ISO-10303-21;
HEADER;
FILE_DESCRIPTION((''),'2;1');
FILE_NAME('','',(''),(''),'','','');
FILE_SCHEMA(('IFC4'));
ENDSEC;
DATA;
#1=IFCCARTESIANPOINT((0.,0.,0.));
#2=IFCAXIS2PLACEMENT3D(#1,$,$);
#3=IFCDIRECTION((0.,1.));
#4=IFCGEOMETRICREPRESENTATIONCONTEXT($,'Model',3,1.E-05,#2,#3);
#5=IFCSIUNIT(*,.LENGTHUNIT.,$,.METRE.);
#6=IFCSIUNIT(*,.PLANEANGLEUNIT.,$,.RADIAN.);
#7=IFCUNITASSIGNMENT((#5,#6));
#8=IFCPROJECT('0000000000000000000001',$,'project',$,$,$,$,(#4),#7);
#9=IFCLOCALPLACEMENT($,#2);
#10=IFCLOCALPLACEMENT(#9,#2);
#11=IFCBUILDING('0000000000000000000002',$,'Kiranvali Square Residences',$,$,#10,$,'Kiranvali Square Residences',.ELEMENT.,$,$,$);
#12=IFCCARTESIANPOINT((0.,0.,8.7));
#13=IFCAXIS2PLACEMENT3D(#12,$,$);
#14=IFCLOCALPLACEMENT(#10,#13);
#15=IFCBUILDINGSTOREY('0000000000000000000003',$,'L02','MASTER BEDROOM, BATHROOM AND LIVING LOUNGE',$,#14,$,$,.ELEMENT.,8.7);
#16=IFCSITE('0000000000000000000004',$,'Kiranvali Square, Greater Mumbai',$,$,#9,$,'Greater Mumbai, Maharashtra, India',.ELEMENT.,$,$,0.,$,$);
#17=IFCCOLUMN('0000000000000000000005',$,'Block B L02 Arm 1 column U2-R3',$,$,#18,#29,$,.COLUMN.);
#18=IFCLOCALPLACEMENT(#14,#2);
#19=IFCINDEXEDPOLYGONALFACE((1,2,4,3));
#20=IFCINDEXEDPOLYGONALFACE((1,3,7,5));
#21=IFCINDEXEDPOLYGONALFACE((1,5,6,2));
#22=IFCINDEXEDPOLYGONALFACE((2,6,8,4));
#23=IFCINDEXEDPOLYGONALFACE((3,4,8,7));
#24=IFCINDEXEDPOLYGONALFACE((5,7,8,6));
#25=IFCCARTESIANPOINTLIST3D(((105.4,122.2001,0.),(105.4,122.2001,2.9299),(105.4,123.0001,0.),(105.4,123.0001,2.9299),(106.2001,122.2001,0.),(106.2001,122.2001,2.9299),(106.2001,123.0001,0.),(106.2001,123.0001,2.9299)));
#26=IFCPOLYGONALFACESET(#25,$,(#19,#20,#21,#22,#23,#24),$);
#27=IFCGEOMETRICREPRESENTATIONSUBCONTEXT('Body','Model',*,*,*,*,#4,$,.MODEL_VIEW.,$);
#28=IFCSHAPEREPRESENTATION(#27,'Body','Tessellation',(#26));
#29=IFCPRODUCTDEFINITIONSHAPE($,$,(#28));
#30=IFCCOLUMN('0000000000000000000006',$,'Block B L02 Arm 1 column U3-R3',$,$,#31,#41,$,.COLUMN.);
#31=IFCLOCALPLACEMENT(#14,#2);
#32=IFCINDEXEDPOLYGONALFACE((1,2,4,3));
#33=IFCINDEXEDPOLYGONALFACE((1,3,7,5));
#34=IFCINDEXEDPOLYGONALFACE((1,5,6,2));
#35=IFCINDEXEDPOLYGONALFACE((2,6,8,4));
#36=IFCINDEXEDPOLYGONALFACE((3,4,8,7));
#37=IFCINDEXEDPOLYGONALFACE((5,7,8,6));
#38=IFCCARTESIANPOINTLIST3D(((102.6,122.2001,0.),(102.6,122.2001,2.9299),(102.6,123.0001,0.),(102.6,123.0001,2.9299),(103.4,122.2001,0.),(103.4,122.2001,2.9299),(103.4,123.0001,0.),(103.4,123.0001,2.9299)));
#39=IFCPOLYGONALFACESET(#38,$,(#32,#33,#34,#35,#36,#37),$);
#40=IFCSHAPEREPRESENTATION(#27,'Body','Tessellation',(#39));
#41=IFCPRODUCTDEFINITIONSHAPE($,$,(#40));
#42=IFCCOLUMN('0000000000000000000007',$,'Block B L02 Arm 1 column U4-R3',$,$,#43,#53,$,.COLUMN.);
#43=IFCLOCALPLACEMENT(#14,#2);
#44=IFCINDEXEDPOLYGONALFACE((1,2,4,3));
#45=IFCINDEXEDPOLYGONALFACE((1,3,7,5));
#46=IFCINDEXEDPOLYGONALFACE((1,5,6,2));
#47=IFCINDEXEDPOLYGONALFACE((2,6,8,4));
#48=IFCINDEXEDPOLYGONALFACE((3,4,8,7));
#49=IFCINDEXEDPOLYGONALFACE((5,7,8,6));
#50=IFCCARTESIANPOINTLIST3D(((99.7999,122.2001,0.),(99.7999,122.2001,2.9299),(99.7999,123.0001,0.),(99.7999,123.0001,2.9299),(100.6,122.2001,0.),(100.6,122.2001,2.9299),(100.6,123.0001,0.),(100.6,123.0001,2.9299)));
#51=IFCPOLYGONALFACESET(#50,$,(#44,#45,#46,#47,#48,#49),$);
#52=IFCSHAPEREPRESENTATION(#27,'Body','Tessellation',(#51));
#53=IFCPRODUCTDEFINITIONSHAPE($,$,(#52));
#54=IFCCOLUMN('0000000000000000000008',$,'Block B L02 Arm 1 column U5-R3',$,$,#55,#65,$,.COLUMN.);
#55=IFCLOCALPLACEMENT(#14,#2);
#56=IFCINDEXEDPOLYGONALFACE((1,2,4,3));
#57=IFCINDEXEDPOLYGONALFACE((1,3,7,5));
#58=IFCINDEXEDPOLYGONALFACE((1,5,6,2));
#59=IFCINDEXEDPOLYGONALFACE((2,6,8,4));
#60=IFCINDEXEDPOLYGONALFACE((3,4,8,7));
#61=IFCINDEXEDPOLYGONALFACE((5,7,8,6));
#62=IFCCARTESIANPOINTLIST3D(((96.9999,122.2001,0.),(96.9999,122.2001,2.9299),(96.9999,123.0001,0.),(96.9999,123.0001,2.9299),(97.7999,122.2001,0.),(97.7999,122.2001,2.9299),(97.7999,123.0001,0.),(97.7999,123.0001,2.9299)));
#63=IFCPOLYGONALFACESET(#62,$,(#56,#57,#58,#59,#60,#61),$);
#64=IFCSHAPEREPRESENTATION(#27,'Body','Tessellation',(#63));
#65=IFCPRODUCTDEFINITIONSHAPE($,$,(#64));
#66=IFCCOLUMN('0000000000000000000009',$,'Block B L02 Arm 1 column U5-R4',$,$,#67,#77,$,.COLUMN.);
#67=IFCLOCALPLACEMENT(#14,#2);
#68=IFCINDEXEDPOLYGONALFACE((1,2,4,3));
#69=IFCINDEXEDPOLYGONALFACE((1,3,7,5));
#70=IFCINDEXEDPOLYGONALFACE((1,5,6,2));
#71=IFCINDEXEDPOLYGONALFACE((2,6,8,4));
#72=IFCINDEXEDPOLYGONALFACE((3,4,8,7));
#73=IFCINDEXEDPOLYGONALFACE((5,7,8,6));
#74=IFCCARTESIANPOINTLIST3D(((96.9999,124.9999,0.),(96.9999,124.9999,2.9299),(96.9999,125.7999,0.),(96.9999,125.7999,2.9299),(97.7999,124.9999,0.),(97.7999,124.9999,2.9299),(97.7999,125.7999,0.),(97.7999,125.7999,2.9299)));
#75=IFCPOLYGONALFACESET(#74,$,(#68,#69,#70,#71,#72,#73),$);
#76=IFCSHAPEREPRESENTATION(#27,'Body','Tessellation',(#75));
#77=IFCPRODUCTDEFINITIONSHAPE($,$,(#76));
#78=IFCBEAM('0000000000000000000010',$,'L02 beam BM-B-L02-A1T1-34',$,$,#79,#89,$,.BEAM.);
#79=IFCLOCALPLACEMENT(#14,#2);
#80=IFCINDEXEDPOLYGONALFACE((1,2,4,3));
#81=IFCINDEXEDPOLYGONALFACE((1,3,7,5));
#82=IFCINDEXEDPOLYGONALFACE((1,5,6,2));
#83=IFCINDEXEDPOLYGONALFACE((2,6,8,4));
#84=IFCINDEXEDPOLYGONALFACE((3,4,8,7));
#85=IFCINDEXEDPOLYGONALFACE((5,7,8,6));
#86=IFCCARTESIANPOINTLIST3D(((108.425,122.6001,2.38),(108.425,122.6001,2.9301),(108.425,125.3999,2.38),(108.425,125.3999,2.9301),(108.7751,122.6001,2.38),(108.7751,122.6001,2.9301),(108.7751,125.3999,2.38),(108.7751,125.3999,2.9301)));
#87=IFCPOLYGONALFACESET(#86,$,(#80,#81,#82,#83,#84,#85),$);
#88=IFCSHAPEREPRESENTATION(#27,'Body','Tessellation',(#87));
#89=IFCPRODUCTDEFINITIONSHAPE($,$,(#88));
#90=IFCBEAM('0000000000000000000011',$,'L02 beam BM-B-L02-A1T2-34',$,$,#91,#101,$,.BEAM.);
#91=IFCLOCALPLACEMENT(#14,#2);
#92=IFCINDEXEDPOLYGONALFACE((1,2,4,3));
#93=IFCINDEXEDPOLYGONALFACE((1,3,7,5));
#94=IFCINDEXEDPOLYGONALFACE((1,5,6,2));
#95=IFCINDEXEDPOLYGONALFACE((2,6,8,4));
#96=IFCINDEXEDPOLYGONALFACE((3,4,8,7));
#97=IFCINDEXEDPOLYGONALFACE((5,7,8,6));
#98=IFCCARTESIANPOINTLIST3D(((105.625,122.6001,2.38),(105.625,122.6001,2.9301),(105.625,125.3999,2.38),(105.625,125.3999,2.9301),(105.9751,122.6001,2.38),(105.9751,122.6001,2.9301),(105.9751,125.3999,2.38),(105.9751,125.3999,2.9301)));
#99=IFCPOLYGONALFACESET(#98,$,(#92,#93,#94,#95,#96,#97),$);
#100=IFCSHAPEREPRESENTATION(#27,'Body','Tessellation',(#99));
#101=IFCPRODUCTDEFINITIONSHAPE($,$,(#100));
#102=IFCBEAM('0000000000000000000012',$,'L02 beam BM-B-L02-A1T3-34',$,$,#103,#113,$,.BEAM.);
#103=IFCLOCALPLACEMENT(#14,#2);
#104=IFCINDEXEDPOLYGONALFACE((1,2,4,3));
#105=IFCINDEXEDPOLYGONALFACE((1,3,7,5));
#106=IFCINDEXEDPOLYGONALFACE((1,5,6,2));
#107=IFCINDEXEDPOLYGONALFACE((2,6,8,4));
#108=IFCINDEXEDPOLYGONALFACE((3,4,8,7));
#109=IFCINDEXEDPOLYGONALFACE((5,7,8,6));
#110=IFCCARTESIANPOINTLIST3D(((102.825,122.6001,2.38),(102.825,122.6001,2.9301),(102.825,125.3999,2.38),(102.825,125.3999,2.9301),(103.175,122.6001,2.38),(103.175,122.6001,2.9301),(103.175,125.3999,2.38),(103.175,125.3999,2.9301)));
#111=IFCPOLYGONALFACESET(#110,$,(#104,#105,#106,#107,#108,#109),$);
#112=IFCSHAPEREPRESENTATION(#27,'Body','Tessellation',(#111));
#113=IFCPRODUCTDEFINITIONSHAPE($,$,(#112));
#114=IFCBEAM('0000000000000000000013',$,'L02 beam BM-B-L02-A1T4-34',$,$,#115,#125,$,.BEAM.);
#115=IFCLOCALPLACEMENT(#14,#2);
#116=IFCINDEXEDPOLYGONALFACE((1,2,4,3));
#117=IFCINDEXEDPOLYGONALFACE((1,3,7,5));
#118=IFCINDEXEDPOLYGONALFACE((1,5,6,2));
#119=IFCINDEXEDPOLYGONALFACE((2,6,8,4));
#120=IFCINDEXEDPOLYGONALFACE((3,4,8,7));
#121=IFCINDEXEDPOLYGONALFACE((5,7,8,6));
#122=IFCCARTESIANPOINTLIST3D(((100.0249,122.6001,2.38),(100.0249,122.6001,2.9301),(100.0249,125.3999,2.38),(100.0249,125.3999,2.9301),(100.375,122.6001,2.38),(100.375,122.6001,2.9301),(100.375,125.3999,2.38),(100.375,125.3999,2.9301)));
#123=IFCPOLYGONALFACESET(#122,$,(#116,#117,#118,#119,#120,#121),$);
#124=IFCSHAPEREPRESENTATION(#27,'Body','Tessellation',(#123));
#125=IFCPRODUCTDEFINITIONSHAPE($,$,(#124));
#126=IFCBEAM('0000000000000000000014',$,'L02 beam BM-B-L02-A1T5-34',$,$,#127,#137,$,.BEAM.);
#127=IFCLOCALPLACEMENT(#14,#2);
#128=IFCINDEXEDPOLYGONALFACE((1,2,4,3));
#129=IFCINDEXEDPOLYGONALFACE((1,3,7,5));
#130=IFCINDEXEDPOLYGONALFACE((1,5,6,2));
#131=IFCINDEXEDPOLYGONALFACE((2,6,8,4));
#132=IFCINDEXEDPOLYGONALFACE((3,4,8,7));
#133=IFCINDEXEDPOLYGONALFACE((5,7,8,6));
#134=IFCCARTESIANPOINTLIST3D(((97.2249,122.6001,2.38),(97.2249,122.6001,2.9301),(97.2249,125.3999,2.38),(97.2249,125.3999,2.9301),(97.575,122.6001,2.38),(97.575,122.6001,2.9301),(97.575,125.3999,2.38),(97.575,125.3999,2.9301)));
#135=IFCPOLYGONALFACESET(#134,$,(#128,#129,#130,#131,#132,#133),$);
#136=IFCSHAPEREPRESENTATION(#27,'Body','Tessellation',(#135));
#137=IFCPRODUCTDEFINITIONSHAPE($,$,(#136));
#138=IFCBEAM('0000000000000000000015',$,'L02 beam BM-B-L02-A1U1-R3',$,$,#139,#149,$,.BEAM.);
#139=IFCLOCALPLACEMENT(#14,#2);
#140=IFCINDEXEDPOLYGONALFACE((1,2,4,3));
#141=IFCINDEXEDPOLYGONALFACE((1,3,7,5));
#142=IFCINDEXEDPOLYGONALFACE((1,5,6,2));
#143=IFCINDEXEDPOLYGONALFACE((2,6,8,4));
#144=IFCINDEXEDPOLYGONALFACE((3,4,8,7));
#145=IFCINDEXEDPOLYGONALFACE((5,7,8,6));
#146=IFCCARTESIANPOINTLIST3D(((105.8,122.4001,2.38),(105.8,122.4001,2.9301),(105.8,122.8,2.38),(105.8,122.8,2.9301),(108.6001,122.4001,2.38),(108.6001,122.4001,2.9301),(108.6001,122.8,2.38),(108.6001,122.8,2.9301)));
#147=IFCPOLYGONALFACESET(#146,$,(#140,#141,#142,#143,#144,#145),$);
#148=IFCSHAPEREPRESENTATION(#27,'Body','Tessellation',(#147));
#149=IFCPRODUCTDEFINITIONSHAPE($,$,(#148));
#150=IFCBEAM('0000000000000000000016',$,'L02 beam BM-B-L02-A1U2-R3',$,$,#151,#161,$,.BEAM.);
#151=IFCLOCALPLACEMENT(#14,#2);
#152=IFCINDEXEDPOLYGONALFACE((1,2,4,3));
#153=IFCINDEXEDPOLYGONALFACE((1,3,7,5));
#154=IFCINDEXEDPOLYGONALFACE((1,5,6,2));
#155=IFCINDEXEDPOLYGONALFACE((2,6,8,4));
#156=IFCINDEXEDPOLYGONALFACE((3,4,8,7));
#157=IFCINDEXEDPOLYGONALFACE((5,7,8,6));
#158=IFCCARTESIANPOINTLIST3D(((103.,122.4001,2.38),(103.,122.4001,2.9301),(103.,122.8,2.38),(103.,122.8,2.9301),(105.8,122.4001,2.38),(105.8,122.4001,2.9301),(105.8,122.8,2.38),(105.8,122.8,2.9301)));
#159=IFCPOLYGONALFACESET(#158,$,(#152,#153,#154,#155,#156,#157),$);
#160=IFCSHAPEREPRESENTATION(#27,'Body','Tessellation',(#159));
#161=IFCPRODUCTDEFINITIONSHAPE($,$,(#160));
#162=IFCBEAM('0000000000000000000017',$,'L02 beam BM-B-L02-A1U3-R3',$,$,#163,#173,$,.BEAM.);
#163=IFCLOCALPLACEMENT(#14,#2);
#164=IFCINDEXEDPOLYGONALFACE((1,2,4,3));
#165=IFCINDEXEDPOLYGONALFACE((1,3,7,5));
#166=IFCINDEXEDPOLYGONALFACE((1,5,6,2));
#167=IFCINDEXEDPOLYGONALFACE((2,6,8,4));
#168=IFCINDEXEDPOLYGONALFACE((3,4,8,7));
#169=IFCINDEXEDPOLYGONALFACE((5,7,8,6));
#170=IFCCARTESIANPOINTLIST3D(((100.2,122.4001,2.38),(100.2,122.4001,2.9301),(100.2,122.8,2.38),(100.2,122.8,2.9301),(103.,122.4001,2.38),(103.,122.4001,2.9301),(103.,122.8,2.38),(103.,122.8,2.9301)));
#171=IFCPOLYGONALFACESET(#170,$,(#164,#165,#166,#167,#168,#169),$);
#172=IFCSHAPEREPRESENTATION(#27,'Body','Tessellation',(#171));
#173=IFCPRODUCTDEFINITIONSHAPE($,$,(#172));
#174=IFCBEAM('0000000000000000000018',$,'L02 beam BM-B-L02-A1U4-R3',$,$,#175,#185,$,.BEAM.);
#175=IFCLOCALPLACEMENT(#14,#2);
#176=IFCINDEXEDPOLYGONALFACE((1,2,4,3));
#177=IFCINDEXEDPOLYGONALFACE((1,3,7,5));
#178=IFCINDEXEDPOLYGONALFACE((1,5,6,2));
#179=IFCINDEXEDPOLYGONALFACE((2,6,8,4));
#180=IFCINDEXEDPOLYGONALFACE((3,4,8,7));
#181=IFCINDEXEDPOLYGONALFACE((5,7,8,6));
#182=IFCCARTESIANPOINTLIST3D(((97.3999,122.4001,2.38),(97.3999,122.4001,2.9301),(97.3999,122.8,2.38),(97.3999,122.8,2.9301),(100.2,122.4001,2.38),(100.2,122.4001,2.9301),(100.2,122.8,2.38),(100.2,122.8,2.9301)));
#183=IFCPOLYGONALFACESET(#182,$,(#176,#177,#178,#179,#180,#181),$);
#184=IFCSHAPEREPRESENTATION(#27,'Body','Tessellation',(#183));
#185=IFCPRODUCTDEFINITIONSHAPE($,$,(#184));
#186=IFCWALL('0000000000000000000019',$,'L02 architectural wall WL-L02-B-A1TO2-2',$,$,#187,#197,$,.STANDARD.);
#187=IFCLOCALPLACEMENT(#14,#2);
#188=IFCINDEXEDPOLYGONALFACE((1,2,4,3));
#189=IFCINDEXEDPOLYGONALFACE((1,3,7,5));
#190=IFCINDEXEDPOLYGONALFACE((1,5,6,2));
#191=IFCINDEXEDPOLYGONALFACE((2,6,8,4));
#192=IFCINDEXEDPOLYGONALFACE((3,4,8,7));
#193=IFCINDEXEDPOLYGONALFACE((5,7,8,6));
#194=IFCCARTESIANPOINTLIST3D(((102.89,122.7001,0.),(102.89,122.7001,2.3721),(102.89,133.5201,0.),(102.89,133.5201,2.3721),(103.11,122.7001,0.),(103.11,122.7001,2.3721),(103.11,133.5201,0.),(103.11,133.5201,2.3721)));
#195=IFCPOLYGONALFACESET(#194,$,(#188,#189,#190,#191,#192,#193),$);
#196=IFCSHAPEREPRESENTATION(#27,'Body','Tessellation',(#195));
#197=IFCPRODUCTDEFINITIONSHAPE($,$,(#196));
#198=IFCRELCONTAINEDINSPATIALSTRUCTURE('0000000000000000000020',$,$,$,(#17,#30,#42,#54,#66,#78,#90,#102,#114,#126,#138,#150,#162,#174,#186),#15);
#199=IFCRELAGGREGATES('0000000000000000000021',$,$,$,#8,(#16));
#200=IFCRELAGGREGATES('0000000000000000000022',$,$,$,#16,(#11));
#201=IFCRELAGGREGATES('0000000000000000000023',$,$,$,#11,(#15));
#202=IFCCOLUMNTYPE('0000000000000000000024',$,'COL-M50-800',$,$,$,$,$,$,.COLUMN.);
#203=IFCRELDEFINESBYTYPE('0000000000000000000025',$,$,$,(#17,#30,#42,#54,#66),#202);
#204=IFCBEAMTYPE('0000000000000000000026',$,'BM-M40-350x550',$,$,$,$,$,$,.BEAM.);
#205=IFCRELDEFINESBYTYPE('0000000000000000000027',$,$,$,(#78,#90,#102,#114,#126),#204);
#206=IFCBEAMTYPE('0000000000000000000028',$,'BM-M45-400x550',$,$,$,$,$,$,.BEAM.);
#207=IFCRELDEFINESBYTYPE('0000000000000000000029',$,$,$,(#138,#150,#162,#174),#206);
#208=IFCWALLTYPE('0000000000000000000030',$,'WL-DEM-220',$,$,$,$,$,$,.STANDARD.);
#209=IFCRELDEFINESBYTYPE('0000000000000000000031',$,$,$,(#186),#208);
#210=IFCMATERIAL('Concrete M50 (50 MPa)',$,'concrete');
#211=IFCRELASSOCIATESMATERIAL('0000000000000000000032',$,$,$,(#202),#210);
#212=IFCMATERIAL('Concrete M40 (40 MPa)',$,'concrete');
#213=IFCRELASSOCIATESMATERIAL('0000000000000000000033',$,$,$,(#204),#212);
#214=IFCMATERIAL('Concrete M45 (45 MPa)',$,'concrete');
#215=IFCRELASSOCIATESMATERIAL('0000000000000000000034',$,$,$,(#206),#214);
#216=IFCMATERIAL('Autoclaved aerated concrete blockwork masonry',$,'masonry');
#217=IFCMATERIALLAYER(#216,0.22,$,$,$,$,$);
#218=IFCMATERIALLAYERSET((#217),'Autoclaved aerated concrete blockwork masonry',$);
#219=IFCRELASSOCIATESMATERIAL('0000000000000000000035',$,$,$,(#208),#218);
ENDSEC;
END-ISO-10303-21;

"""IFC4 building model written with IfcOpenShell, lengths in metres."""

from ifc_helpers import new_model, si_unit, direction, frame, frame_2d, origin, origin_2d, place, context, subcontext, project, spatial, rectangle, extrude, material, layer, layer_set, material_profile, profile_set, type_object, element, save


model = new_model("IFC4")

# Units and contexts
model_context = context("Model", 3, precision=1e-05, world=origin(), true_north=direction((0.0, 1.0)))
body_context = subcontext(model_context, "Body", "Model", "MODEL_VIEW")
ifc_project = project(units=[si_unit("LENGTHUNIT", "METRE"), si_unit("PLANEANGLEUNIT", "RADIAN")], contexts=[model_context])

# Site, building, storey
site_placement = place(None, origin())
site = spatial("IfcSite", under=ifc_project, at=site_placement, Name="Kiranvali Square, Greater Mumbai", LongName="Greater Mumbai, Maharashtra, India", CompositionType="ELEMENT", RefElevation=0.0)
building_placement = place(site_placement, origin())
building = spatial("IfcBuilding", under=site, at=building_placement, Name="Kiranvali Square Residences", LongName="Kiranvali Square Residences", CompositionType="ELEMENT")
storey_placement = place(building_placement, frame((0.0, 0.0, 8.7)))
storey = spatial("IfcBuildingStorey", under=building, at=storey_placement, Name="L02", Description="MASTER BEDROOM, BATHROOM AND LIVING LOUNGE", CompositionType="ELEMENT", Elevation=8.7)

# Columns
ifc_material_1 = material(Name="Concrete M50 (50 MPa)", Category="concrete")
ifc_material_profile_1 = material_profile(ifc_material_1, rectangle(XDim=0.8, YDim=0.8, at=origin_2d()), Name="RC 800x800")
ifc_profile_set_1 = profile_set([ifc_material_profile_1], Name="Concrete M50 (50 MPa)")
column_type = type_object("IfcColumnType", Name="COL-M50-800", PredefinedType="COLUMN", material=ifc_profile_set_1)
for number, where, z_axis, x_axis, name in (
    (1, (105.8, 122.6001, 0.0), (0.0, 0.0, 1.0), (1.0, 0.0, 0.0), "Block B L02 Arm 1 column U2-R3"),
    (2, (103.0, 122.6001, 0.0), (0.0, 0.0, 1.0), (1.0, 0.0, 0.0), "Block B L02 Arm 1 column U3-R3"),
    (3, (100.2, 122.6001, 0.0), (0.0, 0.0, 1.0), (1.0, 0.0, 0.0), "Block B L02 Arm 1 column U4-R3"),
    (4, (97.3999, 122.6001, 0.0), (0.0, 0.0, 1.0), (1.0, 0.0, 0.0), "Block B L02 Arm 1 column U5-R3"),
    (5, (97.3999, 125.3999, 0.0), (0.0, 0.0, 1.0), (1.0, 0.0, 0.0), "Block B L02 Arm 1 column U5-R4"),
):
    element("IfcColumn", number, at=place(storey_placement, frame(where, z_axis=z_axis, x_axis=x_axis)), inside=storey, type_object=column_type, Name=name, PredefinedType="COLUMN", context=body_context, shape_type="SweptSolid", body=[
        extrude(rectangle(XDim=0.8, YDim=0.8, at=origin_2d()), origin(), (0.0, 0.0, 1.0), 2.9299),
    ])

# Beams
ifc_material_2 = material(Name="Concrete M40 (40 MPa)", Category="concrete")
ifc_material_profile_2 = material_profile(ifc_material_2, rectangle(XDim=0.3501, YDim=0.55, at=origin_2d()), Name="RC 350x550")
ifc_profile_set_2 = profile_set([ifc_material_profile_2], Name="Concrete M40 (40 MPa)")
beam_type_1 = type_object("IfcBeamType", Name="BM-M40-350x550", PredefinedType="BEAM", material=ifc_profile_set_2)
for number, where, z_axis, x_axis, name in (
    (6, (108.6001, 122.6001, 2.655), (0.0, 1.0, 0.0), (-1.0, 0.0, 0.0), "L02 beam BM-B-L02-A1T1-34"),
    (7, (105.8, 122.6001, 2.655), (0.0, 1.0, 0.0), (-1.0, 0.0, 0.0), "L02 beam BM-B-L02-A1T2-34"),
    (8, (103.0, 122.6001, 2.655), (0.0, 1.0, 0.0), (-1.0, 0.0, 0.0), "L02 beam BM-B-L02-A1T3-34"),
    (9, (100.2, 122.6001, 2.655), (0.0, 1.0, 0.0), (-1.0, 0.0, 0.0), "L02 beam BM-B-L02-A1T4-34"),
    (10, (97.3999, 122.6001, 2.655), (0.0, 1.0, 0.0), (-1.0, 0.0, 0.0), "L02 beam BM-B-L02-A1T5-34"),
):
    element("IfcBeam", number, at=place(storey_placement, frame(where, z_axis=z_axis, x_axis=x_axis)), inside=storey, type_object=beam_type_1, Name=name, PredefinedType="BEAM", context=body_context, shape_type="SweptSolid", body=[
        extrude(rectangle(XDim=0.3501, YDim=0.55, at=origin_2d()), origin(), (0.0, 0.0, 1.0), 2.7998),
    ])
ifc_material_3 = material(Name="Concrete M45 (45 MPa)", Category="concrete")
ifc_material_profile_3 = material_profile(ifc_material_3, rectangle(XDim=0.3999, YDim=0.55, at=origin_2d()), Name="RC 400x550")
ifc_profile_set_3 = profile_set([ifc_material_profile_3], Name="Concrete M45 (45 MPa)")
beam_type_2 = type_object("IfcBeamType", Name="BM-M45-400x550", PredefinedType="BEAM", material=ifc_profile_set_3)
for number, where, z_axis, x_axis, name in (
    (11, (108.6001, 122.6001, 2.655), (-1.0, 0.0, 0.0), (0.0, -1.0, 0.0), "L02 beam BM-B-L02-A1U1-R3"),
    (12, (105.8, 122.6001, 2.655), (-1.0, 0.0, 0.0), (0.0, -1.0, 0.0), "L02 beam BM-B-L02-A1U2-R3"),
    (13, (103.0, 122.6001, 2.655), (-1.0, 0.0, 0.0), (0.0, -1.0, 0.0), "L02 beam BM-B-L02-A1U3-R3"),
    (14, (100.2, 122.6001, 2.655), (-1.0, 0.0, 0.0), (0.0, -1.0, 0.0), "L02 beam BM-B-L02-A1U4-R3"),
):
    element("IfcBeam", number, at=place(storey_placement, frame(where, z_axis=z_axis, x_axis=x_axis)), inside=storey, type_object=beam_type_2, Name=name, PredefinedType="BEAM", context=body_context, shape_type="SweptSolid", body=[
        extrude(rectangle(XDim=0.3999, YDim=0.55, at=origin_2d()), origin(), (0.0, 0.0, 1.0), 2.8),
    ])

# Wall
ifc_material_4 = material(Name="Autoclaved aerated concrete blockwork masonry", Category="masonry")
ifc_layer_1 = layer(ifc_material_4, 0.22)
ifc_layer_set_1 = layer_set([ifc_layer_1], Name="Autoclaved aerated concrete blockwork masonry")
wall_type_1 = type_object("IfcWallType", Name="WL-DEM-220", PredefinedType="STANDARD", material=ifc_layer_set_1)
wall_1_placement = place(storey_placement, frame((103.0, 122.7, 0.0), z_axis=(0.0, 0.0, 1.0), x_axis=(0.0, 1.0, 0.0)))
element("IfcWall", 15, at=wall_1_placement, inside=storey, type_object=wall_type_1, Name="L02 architectural wall WL-L02-B-A1TO2-2", PredefinedType="STANDARD", context=body_context, shape_type="SweptSolid", body=[
    extrude(rectangle(XDim=10.8201, YDim=0.22, at=frame_2d((5.4102, 0.0))), origin(), (0.0, 0.0, 1.0), 2.3721),
])

save(model, "model.ifc")
